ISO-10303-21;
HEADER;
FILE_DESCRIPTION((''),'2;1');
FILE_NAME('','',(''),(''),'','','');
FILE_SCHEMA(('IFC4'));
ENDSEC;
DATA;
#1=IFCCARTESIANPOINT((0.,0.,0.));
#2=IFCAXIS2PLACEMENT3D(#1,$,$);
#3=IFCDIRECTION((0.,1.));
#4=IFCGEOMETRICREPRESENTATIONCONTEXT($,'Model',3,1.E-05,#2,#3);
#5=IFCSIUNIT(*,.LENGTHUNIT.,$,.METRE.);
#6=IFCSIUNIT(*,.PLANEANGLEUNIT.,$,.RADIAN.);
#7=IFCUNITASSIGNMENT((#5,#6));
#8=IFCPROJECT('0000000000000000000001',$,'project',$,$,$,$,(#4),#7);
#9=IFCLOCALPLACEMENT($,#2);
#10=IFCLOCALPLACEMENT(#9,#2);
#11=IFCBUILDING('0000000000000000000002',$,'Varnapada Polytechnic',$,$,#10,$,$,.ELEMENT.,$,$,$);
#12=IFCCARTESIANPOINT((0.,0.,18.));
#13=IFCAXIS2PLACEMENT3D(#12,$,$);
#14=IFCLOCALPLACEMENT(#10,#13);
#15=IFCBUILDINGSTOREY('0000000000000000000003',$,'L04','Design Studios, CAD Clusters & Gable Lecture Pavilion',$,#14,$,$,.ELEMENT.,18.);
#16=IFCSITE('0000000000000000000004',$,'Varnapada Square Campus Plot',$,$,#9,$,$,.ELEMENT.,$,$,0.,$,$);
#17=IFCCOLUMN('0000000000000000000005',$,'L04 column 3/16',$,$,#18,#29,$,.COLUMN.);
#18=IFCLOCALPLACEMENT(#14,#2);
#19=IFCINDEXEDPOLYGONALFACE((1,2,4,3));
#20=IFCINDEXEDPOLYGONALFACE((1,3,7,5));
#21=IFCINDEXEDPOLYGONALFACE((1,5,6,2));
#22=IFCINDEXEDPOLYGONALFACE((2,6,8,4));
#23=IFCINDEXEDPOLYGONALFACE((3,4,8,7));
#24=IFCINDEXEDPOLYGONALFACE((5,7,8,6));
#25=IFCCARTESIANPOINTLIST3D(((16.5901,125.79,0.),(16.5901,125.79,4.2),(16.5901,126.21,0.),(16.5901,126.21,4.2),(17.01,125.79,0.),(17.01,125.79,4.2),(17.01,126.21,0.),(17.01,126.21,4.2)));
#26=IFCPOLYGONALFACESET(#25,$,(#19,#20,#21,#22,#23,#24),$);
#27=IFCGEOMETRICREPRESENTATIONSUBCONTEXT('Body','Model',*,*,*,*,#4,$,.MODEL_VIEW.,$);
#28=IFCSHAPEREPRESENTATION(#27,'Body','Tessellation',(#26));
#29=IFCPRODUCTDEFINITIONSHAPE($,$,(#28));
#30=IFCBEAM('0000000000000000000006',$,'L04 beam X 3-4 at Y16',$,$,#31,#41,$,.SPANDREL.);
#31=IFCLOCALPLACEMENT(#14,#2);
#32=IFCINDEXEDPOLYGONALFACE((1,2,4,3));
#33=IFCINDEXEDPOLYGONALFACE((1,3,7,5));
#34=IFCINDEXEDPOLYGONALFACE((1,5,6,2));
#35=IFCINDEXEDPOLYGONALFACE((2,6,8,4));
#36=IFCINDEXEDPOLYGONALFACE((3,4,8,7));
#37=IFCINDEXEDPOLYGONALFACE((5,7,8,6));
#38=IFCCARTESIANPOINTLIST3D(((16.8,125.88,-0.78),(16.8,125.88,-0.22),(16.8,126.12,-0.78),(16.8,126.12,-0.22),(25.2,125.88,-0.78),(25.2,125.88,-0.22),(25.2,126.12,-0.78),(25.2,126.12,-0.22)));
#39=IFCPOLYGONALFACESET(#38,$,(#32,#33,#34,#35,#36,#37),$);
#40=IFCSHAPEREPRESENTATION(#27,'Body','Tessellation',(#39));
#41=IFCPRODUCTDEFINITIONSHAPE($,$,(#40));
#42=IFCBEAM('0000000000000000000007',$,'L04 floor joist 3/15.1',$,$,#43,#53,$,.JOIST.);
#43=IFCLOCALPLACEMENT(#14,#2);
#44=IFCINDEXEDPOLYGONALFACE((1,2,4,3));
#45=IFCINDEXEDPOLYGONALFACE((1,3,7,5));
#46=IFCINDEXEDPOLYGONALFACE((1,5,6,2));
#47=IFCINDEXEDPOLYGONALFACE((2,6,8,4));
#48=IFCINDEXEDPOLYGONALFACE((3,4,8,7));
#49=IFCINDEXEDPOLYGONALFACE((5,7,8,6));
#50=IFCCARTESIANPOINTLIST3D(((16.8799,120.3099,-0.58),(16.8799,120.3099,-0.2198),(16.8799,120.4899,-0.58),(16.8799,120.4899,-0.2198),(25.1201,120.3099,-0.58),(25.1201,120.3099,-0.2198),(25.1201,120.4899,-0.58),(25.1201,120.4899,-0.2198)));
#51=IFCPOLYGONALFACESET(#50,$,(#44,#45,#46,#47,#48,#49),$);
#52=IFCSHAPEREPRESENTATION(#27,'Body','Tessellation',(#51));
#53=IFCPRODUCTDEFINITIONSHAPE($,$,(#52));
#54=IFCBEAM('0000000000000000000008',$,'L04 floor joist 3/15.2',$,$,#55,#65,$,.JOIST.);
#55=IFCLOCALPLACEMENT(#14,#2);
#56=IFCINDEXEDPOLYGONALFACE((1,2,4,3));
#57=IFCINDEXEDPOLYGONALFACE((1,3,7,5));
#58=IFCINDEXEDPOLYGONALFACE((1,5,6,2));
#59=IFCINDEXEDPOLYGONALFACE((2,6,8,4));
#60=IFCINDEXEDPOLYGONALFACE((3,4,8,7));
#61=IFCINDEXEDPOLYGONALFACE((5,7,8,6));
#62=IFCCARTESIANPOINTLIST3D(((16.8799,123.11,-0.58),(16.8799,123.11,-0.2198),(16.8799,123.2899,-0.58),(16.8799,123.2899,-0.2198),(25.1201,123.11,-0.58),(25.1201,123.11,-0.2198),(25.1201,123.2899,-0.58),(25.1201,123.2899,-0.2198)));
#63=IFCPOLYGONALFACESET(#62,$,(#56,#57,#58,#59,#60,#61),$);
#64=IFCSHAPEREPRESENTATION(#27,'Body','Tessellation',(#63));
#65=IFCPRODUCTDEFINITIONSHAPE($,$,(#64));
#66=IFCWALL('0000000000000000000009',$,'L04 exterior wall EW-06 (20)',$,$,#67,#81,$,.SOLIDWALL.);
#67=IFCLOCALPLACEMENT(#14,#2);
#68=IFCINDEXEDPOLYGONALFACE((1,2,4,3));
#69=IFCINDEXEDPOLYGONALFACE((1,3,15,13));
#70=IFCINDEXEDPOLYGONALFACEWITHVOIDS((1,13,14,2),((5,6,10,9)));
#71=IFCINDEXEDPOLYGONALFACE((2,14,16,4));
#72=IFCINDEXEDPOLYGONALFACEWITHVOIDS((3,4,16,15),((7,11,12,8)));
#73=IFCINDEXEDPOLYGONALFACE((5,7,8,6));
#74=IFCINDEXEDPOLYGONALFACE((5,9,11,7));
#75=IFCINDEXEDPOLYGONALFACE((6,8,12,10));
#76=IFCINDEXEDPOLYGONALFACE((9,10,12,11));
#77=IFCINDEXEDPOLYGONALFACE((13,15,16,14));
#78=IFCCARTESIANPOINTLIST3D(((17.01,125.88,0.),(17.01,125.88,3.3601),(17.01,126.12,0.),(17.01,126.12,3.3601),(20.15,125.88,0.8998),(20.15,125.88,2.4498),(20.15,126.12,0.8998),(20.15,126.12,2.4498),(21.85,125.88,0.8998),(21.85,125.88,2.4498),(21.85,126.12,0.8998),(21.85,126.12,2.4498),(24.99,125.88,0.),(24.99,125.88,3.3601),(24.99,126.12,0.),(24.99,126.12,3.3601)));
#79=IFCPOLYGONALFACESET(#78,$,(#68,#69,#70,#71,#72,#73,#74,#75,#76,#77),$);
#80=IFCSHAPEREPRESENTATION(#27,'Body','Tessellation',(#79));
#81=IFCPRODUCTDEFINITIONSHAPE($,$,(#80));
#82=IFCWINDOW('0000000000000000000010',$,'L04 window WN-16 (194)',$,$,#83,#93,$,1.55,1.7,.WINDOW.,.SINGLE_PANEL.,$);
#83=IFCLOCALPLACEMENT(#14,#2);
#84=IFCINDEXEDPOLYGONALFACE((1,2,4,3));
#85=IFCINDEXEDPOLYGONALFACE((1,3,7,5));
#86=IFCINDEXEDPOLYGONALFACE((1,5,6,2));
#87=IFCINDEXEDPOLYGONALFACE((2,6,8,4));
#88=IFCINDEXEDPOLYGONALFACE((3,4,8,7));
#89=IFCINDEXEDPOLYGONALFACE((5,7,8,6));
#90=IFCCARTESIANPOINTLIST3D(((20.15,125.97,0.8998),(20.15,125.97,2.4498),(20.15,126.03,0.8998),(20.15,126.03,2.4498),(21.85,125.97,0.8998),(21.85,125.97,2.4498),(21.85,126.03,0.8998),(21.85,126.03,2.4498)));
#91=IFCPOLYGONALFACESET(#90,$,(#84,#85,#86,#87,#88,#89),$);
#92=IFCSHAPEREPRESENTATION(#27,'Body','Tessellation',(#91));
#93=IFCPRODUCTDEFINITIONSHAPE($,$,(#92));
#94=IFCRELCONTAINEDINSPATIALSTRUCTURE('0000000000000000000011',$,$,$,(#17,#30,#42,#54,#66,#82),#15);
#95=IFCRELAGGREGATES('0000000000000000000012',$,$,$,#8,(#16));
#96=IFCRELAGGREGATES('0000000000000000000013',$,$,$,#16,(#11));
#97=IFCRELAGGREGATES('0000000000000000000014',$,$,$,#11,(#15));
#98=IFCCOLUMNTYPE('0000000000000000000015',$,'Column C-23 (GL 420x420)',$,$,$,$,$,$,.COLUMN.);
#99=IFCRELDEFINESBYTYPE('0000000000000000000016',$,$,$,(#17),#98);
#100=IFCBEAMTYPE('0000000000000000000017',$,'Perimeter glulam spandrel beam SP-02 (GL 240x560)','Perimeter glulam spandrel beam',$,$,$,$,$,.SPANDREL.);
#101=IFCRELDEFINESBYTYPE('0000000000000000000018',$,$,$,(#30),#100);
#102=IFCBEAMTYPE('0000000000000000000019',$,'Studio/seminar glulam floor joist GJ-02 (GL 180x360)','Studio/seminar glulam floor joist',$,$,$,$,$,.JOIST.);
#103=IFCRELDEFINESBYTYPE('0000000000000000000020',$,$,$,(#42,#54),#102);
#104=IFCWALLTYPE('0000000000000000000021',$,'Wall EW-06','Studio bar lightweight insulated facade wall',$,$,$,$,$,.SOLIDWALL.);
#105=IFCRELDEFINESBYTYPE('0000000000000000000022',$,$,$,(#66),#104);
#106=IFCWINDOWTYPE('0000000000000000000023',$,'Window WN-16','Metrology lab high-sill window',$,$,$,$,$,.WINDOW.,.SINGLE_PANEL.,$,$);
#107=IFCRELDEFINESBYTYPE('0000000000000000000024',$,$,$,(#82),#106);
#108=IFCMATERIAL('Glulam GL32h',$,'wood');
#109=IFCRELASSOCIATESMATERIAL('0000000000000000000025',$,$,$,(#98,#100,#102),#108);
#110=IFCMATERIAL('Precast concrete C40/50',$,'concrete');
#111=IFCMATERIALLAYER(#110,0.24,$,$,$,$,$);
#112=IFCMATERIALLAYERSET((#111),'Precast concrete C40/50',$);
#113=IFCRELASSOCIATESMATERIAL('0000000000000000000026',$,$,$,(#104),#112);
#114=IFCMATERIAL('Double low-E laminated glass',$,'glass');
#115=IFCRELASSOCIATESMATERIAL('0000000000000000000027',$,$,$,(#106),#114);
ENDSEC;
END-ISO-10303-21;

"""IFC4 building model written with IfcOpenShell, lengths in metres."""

from ifc_helpers import new_model, si_unit, direction, frame, frame_2d, origin, origin_2d, place, context, subcontext, project, spatial, rectangle, extrude, material, layer, layer_set, material_profile, profile_set, type_object, element, fill, save


model = new_model("IFC4")

# Units and contexts
model_context = context("Model", 3, precision=1e-05, world=origin(), true_north=direction((0.0, 1.0)))
body_context = subcontext(model_context, "Body", "Model", "MODEL_VIEW")
ifc_project = project(units=[si_unit("LENGTHUNIT", "METRE"), si_unit("PLANEANGLEUNIT", "RADIAN")], contexts=[model_context])

# Site, building, storey
site_placement = place(None, origin())
site = spatial("IfcSite", under=ifc_project, at=site_placement, Name="Varnapada Square Campus Plot", CompositionType="ELEMENT", RefElevation=0.0)
building_placement = place(site_placement, origin())
building = spatial("IfcBuilding", under=site, at=building_placement, Name="Varnapada Polytechnic", CompositionType="ELEMENT")
storey_placement = place(building_placement, frame((0.0, 0.0, 18.0)))
storey = spatial("IfcBuildingStorey", under=building, at=storey_placement, Name="L04", Description="Design Studios, CAD Clusters & Gable Lecture Pavilion", CompositionType="ELEMENT", Elevation=18.0)

# Column
ifc_material_1 = material(Name="Glulam GL32h", Category="wood")
ifc_material_profile_1 = material_profile(ifc_material_1, rectangle(XDim=0.4199, YDim=0.4199, at=origin_2d()), Name="GL 420x420")
ifc_profile_set_1 = profile_set([ifc_material_profile_1], Name="Glulam GL32h")
column_type = type_object("IfcColumnType", Name="Column C-23 (GL 420x420)", PredefinedType="COLUMN", material=ifc_profile_set_1)
column_placement = place(storey_placement, frame((16.8, 126.0, 0.0), z_axis=(0.0, 0.0, 1.0), x_axis=(1.0, 0.0, 0.0)))
element("IfcColumn", 1, at=column_placement, inside=storey, type_object=column_type, Name="L04 column 3/16", PredefinedType="COLUMN", context=body_context, shape_type="SweptSolid", body=[
    extrude(rectangle(XDim=0.4199, YDim=0.4199, at=origin_2d()), origin(), (0.0, 0.0, 1.0), 4.2),
])

# Beams
ifc_material_profile_2 = material_profile(ifc_material_1, rectangle(XDim=0.24, YDim=0.5601, at=origin_2d()), Name="GL 240x560")
ifc_profile_set_2 = profile_set([ifc_material_profile_2], Name="Glulam GL32h")
beam_type_1 = type_object("IfcBeamType", Name="Perimeter glulam spandrel beam SP-02 (GL 240x560)", Description="Perimeter glulam spandrel beam", PredefinedType="SPANDREL", material=ifc_profile_set_2)
beam_placement = place(storey_placement, frame((16.8, 126.0, -0.5), z_axis=(1.0, 0.0, 0.0), x_axis=(0.0, 1.0, 0.0)))
element("IfcBeam", 2, at=beam_placement, inside=storey, type_object=beam_type_1, Name="L04 beam X 3-4 at Y16", PredefinedType="SPANDREL", context=body_context, shape_type="SweptSolid", body=[
    extrude(rectangle(XDim=0.24, YDim=0.5601, at=origin_2d()), origin(), (0.0, 0.0, 1.0), 8.3999),
])
ifc_material_profile_3 = material_profile(ifc_material_1, rectangle(XDim=0.1799, YDim=0.3601, at=origin_2d()), Name="GL 180x360")
ifc_profile_set_3 = profile_set([ifc_material_profile_3], Name="Glulam GL32h")
beam_type_2 = type_object("IfcBeamType", Name="Studio/seminar glulam floor joist GJ-02 (GL 180x360)", Description="Studio/seminar glulam floor joist", PredefinedType="JOIST", material=ifc_profile_set_3)
for number, where, z_axis, x_axis, name in (
    (3, (16.8799, 120.3999, -0.3999), (1.0, 0.0, 0.0), (0.0, 1.0, 0.0), "L04 floor joist 3/15.1"),
    (4, (16.8799, 123.2, -0.3999), (1.0, 0.0, 0.0), (0.0, 1.0, 0.0), "L04 floor joist 3/15.2"),
):
    element("IfcBeam", number, at=place(storey_placement, frame(where, z_axis=z_axis, x_axis=x_axis)), inside=storey, type_object=beam_type_2, Name=name, PredefinedType="JOIST", context=body_context, shape_type="SweptSolid", body=[
        extrude(rectangle(XDim=0.1799, YDim=0.3601, at=origin_2d()), origin(), (0.0, 0.0, 1.0), 8.2402),
    ])

# Wall, opening, window
ifc_material_2 = material(Name="Precast concrete C40/50", Category="concrete")
ifc_layer_1 = layer(ifc_material_2, 0.24)
ifc_layer_set_1 = layer_set([ifc_layer_1], Name="Precast concrete C40/50")
wall_type = type_object("IfcWallType", Name="Wall EW-06", Description="Studio bar lightweight insulated facade wall", PredefinedType="SOLIDWALL", material=ifc_layer_set_1)
wall_placement = place(storey_placement, frame((17.01, 126.0, 0.0), z_axis=(0.0, 0.0, 1.0), x_axis=(1.0, 0.0, 0.0)))
wall = element("IfcWall", 5, at=wall_placement, inside=storey, type_object=wall_type, Name="L04 exterior wall EW-06 (20)", PredefinedType="SOLIDWALL", context=body_context, shape_type="SweptSolid", body=[
    extrude(rectangle(XDim=7.98, YDim=0.24, at=frame_2d((3.99, 0.0))), origin(), (0.0, 0.0, 1.0), 3.3601),
])
opening_1_placement = place(wall_placement, frame((3.1399, 0.0, 0.8999)))
opening_1 = element("IfcOpeningElement", 6, at=opening_1_placement, cuts=wall, PredefinedType="OPENING", context=body_context, shape_type="SweptSolid", body=[
    extrude(rectangle(XDim=1.7, YDim=1.55, at=frame_2d((0.8501, 0.7749))), frame((0.0, 0.1299, 0.0), z_axis=(0.0, -1.0, 0.0), x_axis=(1.0, 0.0, 0.0)), (0.0, 0.0, 1.0), 0.26),
])
ifc_material_3 = material(Name="Double low-E laminated glass", Category="glass")
window_type = type_object("IfcWindowType", Name="Window WN-16", Description="Metrology lab high-sill window", PartitioningType="SINGLE_PANEL", PredefinedType="WINDOW", material=ifc_material_3)
window_placement = place(opening_1_placement, origin())
window = element("IfcWindow", 7, at=window_placement, inside=storey, type_object=window_type, Name="L04 window WN-16 (194)", OverallHeight=1.55, OverallWidth=1.7, PartitioningType="SINGLE_PANEL", PredefinedType="WINDOW", context=body_context, shape_type="SweptSolid", body=[
    extrude(rectangle(XDim=1.7, YDim=1.55, at=frame_2d((0.8501, 0.7749))), frame((0.0, 0.03, 0.0), z_axis=(0.0, -1.0, 0.0), x_axis=(1.0, 0.0, 0.0)), (0.0, 0.0, 1.0), 0.0601),
])
fill(opening_1, window)

save(model, "model.ifc")
